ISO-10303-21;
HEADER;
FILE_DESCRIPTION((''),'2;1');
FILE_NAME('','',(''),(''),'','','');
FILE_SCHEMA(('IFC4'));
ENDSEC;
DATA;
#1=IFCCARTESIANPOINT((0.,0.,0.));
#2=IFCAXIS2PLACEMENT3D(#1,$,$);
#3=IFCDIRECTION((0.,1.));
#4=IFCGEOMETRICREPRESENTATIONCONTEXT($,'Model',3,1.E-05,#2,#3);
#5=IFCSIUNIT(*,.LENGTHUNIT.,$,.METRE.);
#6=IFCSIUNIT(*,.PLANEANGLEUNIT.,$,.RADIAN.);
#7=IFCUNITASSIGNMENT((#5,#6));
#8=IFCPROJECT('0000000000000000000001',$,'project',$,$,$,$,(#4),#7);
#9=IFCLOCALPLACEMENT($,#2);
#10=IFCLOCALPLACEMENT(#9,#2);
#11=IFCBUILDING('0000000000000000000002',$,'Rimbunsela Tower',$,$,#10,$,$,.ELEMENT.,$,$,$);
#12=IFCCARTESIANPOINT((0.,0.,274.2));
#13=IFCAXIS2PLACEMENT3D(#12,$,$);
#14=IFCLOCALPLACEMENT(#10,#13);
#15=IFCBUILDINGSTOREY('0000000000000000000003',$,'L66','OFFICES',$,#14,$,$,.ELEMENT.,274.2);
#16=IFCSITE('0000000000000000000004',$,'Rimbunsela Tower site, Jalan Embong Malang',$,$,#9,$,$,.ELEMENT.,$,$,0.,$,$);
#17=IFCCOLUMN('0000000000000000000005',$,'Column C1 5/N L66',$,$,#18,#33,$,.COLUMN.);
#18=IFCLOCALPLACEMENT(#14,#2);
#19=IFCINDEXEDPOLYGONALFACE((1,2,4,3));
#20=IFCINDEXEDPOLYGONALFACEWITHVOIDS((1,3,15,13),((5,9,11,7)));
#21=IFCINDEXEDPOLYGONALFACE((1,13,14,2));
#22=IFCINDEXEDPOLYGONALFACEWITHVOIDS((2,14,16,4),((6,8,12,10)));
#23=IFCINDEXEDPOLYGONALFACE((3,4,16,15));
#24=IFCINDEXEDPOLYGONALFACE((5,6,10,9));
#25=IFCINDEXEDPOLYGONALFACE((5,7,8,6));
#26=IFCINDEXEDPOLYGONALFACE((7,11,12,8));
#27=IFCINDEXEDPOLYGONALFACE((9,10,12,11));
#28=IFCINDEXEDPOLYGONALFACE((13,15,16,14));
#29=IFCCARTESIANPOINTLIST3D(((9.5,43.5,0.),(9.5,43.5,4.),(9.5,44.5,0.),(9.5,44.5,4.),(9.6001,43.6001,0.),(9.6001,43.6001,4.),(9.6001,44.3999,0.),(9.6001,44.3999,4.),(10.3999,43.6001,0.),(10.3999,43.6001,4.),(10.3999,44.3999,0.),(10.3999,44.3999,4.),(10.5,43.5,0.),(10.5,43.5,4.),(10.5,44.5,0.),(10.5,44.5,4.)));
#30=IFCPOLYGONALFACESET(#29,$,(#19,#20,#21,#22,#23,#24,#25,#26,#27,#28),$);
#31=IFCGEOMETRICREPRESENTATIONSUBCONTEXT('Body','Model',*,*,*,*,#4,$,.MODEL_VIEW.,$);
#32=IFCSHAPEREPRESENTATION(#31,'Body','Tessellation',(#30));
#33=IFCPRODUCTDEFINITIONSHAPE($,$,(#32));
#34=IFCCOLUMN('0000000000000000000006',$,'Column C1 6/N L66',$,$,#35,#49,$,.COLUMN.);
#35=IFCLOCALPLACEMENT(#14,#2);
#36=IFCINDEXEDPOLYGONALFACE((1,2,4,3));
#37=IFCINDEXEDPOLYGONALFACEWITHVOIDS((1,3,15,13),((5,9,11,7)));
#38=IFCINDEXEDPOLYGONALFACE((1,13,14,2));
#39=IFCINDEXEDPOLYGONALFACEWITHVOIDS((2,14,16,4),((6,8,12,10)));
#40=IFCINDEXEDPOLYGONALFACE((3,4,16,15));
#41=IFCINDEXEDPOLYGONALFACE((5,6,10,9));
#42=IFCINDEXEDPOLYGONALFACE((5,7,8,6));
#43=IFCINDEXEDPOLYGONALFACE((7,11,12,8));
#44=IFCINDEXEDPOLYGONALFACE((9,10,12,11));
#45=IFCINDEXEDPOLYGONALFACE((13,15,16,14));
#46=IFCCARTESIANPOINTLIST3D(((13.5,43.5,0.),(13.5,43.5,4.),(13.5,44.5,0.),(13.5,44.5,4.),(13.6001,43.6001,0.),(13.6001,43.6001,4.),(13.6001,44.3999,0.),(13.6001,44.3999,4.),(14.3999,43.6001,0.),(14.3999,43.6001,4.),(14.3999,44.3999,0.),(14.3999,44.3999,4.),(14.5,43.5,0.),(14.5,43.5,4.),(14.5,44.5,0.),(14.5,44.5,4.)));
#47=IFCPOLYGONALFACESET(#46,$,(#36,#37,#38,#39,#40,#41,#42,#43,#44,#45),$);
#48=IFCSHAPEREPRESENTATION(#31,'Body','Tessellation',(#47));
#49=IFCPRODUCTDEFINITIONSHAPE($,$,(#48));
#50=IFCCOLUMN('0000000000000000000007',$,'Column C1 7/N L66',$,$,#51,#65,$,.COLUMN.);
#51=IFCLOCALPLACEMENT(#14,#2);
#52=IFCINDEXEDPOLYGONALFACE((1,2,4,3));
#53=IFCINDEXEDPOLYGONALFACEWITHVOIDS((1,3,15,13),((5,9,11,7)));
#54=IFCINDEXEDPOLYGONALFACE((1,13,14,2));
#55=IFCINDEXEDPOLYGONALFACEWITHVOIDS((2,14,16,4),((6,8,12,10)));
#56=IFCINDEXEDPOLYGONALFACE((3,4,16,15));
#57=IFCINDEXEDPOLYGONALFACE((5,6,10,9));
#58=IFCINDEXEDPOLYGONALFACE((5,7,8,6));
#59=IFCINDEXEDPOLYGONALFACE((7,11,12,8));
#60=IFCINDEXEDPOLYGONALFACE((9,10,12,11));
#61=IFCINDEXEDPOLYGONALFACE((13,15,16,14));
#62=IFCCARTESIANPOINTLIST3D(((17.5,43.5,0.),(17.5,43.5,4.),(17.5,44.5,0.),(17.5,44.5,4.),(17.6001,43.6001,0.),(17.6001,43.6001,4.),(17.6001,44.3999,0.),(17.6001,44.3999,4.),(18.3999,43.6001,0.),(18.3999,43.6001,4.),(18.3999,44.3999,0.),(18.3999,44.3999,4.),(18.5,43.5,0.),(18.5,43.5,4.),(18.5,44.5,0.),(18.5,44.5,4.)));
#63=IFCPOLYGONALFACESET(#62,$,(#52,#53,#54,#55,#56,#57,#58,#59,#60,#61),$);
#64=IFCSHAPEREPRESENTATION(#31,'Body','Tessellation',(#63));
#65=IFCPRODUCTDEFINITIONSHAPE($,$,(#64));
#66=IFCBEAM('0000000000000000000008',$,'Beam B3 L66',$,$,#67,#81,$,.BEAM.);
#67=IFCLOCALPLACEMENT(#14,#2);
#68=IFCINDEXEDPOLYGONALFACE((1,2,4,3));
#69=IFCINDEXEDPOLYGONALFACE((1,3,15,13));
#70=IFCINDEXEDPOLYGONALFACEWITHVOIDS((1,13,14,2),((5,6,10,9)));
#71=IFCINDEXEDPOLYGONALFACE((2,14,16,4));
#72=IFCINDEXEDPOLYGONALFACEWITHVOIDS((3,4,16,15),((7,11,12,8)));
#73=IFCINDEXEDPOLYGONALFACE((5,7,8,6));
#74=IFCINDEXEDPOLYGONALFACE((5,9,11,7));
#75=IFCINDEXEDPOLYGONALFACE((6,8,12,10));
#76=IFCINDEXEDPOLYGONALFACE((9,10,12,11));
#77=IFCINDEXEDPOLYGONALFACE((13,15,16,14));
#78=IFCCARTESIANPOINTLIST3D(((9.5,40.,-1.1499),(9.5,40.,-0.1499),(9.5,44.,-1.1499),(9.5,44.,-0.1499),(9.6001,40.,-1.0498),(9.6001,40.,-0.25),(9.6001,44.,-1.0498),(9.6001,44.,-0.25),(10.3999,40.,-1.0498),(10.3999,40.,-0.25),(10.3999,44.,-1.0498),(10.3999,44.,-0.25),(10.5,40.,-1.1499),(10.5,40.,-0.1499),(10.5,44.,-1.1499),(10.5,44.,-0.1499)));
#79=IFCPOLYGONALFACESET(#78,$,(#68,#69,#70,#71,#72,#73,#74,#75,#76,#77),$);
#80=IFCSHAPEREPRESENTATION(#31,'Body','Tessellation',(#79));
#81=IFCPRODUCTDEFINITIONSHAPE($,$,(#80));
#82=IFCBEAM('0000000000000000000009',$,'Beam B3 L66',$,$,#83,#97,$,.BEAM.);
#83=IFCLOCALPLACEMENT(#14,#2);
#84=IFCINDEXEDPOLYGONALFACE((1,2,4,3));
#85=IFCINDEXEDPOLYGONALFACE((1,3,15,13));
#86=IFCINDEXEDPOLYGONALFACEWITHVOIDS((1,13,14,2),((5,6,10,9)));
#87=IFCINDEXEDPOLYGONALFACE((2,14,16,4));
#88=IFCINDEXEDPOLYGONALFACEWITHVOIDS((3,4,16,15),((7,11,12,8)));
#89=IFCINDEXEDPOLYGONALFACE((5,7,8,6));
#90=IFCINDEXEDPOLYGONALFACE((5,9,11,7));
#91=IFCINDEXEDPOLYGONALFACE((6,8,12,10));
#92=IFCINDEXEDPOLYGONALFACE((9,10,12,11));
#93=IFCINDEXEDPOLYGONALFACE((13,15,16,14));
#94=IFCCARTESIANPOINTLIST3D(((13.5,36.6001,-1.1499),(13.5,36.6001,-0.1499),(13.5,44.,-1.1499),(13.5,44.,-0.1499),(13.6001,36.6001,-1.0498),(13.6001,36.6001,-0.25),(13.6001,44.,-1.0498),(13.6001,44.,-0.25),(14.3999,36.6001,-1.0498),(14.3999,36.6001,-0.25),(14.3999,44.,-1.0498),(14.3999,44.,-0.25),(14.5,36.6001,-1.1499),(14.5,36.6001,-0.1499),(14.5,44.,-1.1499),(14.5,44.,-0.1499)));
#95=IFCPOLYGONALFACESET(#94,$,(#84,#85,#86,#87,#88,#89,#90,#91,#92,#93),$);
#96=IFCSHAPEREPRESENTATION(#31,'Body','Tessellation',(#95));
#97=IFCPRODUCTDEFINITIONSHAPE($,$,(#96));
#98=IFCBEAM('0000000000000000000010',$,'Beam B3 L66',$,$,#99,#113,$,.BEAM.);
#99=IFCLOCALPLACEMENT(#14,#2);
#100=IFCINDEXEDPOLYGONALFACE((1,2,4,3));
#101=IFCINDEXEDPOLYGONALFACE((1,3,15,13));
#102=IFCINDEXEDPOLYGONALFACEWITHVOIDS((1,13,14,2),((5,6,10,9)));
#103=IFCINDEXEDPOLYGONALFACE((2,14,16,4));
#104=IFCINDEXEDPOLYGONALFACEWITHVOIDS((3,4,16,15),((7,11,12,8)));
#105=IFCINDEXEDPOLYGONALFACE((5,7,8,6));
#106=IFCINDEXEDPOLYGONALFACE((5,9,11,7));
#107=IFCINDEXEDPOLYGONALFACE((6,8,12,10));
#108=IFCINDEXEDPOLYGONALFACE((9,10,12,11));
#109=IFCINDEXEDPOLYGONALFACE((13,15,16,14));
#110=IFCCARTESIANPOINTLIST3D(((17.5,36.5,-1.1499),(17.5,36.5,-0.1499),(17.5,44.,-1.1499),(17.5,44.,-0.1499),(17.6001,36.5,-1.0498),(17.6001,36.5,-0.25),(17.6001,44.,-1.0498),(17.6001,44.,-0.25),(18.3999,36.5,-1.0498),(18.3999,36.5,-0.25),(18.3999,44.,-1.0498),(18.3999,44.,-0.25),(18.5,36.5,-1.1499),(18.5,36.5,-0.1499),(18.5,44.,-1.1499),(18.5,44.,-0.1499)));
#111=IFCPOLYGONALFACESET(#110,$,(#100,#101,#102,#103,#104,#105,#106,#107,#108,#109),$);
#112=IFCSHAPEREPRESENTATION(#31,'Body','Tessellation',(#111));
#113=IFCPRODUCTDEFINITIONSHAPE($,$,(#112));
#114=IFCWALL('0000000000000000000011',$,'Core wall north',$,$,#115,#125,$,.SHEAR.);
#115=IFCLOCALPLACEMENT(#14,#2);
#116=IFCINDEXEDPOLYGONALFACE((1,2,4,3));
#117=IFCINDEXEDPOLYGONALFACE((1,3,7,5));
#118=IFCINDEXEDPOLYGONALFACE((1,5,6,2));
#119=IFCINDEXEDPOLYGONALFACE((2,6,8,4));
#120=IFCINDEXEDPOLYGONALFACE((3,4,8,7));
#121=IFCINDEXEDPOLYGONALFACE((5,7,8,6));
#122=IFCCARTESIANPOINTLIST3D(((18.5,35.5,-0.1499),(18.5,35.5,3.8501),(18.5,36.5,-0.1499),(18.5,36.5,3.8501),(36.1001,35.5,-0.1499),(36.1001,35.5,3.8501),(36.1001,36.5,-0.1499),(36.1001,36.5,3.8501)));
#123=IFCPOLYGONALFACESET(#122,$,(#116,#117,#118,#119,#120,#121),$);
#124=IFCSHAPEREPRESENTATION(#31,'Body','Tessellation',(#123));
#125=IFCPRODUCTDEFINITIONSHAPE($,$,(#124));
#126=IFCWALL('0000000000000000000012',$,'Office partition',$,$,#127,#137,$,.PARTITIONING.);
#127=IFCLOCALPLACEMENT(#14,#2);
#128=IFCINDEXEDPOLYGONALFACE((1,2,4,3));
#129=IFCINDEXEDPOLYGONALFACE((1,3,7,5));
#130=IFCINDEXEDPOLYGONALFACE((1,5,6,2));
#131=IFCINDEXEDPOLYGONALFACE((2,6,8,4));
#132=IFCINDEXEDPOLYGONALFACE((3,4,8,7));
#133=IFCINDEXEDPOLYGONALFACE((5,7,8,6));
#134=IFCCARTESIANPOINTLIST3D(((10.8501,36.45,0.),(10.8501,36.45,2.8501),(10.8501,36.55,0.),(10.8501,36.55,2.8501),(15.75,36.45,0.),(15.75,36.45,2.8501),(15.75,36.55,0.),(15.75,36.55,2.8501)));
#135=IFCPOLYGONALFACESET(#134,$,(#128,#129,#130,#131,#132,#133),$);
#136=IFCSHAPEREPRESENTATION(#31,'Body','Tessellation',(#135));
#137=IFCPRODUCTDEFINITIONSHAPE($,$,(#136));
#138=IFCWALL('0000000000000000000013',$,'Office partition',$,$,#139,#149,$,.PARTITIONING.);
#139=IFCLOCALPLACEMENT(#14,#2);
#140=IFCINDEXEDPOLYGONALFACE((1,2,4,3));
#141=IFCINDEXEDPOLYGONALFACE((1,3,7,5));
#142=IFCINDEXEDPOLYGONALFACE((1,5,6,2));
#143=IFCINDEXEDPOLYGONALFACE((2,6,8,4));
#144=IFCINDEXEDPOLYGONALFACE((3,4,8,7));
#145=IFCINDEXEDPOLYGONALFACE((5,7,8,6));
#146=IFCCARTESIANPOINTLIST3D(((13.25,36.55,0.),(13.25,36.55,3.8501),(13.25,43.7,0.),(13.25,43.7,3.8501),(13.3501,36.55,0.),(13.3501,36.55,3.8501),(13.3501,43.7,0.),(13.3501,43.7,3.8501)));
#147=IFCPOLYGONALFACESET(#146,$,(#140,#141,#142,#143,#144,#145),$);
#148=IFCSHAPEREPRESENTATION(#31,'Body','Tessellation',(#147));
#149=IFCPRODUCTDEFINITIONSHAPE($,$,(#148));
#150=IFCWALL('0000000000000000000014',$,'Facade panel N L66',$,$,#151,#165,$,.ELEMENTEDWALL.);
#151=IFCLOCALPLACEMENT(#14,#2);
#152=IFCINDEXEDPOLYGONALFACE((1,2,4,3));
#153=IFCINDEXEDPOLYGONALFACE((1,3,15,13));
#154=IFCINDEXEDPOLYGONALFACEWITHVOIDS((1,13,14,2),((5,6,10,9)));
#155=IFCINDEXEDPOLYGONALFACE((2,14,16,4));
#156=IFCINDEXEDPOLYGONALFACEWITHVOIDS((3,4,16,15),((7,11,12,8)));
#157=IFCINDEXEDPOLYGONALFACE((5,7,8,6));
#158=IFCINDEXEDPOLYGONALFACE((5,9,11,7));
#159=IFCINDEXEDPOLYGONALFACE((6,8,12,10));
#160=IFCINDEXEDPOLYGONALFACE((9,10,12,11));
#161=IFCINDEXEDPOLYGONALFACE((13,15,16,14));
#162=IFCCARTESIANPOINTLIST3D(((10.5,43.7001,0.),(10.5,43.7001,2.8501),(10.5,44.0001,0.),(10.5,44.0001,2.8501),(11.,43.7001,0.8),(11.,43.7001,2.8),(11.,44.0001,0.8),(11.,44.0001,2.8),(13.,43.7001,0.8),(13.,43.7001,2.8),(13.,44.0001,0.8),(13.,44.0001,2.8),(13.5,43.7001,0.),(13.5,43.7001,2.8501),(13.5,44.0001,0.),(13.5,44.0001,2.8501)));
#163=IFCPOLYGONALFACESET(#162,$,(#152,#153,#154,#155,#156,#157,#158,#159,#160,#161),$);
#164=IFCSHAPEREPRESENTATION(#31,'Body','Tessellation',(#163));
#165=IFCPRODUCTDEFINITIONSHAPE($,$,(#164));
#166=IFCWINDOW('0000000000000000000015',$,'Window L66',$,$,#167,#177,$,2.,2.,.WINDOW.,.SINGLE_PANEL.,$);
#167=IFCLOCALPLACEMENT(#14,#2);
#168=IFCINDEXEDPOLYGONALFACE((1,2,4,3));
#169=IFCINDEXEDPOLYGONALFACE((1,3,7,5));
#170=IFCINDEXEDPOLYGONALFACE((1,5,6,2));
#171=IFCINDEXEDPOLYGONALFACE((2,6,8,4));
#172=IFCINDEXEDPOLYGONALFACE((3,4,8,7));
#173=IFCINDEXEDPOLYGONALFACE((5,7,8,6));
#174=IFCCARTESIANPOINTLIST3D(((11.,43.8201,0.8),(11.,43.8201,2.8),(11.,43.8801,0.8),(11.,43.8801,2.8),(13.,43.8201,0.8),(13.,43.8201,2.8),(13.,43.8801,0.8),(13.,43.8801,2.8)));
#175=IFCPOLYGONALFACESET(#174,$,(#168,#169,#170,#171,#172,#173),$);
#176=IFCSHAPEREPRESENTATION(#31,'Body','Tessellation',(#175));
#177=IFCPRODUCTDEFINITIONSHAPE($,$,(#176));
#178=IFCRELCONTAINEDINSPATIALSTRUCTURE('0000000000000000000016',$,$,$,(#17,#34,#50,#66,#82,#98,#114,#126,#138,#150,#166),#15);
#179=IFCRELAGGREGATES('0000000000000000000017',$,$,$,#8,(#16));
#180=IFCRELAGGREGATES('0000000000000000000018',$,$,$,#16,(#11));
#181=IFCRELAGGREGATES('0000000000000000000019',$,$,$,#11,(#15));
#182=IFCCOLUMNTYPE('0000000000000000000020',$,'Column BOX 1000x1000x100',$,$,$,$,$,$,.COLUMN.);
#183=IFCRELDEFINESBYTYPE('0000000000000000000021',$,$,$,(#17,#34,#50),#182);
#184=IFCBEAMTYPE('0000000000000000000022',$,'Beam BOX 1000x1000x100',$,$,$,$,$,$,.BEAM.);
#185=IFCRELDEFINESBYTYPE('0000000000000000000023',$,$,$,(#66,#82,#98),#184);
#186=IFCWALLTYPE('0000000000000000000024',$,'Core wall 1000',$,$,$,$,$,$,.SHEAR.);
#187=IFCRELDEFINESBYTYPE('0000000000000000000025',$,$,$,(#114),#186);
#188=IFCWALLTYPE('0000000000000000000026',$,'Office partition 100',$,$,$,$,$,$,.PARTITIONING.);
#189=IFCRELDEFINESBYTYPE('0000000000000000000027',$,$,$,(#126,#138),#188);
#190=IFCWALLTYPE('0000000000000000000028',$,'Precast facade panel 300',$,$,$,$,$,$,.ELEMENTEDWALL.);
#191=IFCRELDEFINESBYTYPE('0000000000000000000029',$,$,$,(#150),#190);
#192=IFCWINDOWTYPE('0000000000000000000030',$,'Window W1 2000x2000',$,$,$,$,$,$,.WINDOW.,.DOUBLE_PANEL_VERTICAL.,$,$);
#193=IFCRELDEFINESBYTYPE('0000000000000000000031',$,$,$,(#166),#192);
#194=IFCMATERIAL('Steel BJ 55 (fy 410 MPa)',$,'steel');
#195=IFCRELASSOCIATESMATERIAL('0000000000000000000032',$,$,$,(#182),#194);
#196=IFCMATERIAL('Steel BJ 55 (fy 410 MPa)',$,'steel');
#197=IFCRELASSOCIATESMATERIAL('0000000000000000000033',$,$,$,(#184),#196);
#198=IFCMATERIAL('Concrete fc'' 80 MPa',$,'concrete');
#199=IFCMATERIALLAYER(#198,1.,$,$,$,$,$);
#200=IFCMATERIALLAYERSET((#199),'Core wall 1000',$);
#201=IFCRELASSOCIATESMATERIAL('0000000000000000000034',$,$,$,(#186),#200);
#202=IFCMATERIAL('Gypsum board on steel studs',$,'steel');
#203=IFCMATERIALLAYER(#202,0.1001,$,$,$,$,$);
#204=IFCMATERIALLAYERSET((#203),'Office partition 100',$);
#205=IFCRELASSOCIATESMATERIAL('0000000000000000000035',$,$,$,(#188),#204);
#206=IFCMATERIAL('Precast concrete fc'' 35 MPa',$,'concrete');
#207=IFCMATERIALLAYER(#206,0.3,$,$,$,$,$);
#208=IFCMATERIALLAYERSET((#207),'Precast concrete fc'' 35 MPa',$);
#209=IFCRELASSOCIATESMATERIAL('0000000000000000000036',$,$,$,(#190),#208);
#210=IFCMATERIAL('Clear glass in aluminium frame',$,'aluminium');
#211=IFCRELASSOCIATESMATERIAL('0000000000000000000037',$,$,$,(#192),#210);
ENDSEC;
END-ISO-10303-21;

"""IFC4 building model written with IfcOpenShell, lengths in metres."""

from ifc_helpers import new_model, si_unit, direction, frame, frame_2d, origin, origin_2d, place, context, subcontext, project, spatial, rectangle, hollow_rectangle, extrude, material, layer, layer_set, material_profile, profile_set, type_object, element, fill, save


model = new_model("IFC4")

# Units and contexts
model_context = context("Model", 3, precision=1e-05, world=origin(), true_north=direction((0.0, 1.0)))
body_context = subcontext(model_context, "Body", "Model", "MODEL_VIEW")
ifc_project = project(units=[si_unit("LENGTHUNIT", "METRE"), si_unit("PLANEANGLEUNIT", "RADIAN")], contexts=[model_context])

# Site, building, storey
site_placement = place(None, origin())
site = spatial("IfcSite", under=ifc_project, at=site_placement, Name="Rimbunsela Tower site, Jalan Embong Malang", CompositionType="ELEMENT", RefElevation=0.0)
building_placement = place(site_placement, origin())
building = spatial("IfcBuilding", under=site, at=building_placement, Name="Rimbunsela Tower", CompositionType="ELEMENT")
storey_placement = place(building_placement, frame((0.0, 0.0, 274.2)))
storey = spatial("IfcBuildingStorey", under=building, at=storey_placement, Name="L66", Description="OFFICES", CompositionType="ELEMENT", Elevation=274.2)

# Columns
ifc_material_1 = material(Name="Steel BJ 55 (fy 410 MPa)", Category="steel")
ifc_material_profile_1 = material_profile(ifc_material_1, hollow_rectangle(XDim=1.0, YDim=1.0, WallThickness=0.1001, at=origin_2d()), Name="BOX 1000x1000x100")
ifc_profile_set_1 = profile_set([ifc_material_profile_1], Name="Steel BJ 55 (fy 410 MPa)")
column_type = type_object("IfcColumnType", Name="Column BOX 1000x1000x100", PredefinedType="COLUMN", material=ifc_profile_set_1)
for number, where, z_axis, x_axis, name in (
    (1, (10.0, 44.0, 0.0), (0.0, 0.0, 1.0), (1.0, 0.0, 0.0), "Column C1 5/N L66"),
    (2, (14.0, 44.0, 0.0), (0.0, 0.0, 1.0), (1.0, 0.0, 0.0), "Column C1 6/N L66"),
    (3, (18.0, 44.0, 0.0), (0.0, 0.0, 1.0), (1.0, 0.0, 0.0), "Column C1 7/N L66"),
):
    element("IfcColumn", number, at=place(storey_placement, frame(where, z_axis=z_axis, x_axis=x_axis)), inside=storey, type_object=column_type, Name=name, PredefinedType="COLUMN", context=body_context, shape_type="SweptSolid", body=[
        extrude(hollow_rectangle(XDim=1.0, YDim=1.0, WallThickness=0.1001, at=origin_2d()), origin(), (0.0, 0.0, 1.0), 4.0),
    ])

# Beams
ifc_material_2 = material(Name="Steel BJ 55 (fy 410 MPa)", Category="steel")
ifc_material_profile_2 = material_profile(ifc_material_2, hollow_rectangle(XDim=1.0, YDim=1.0, WallThickness=0.1001, at=origin_2d()), Name="BOX 1000x1000x100")
ifc_profile_set_2 = profile_set([ifc_material_profile_2], Name="Steel BJ 55 (fy 410 MPa)")
beam_type = type_object("IfcBeamType", Name="Beam BOX 1000x1000x100", PredefinedType="BEAM", material=ifc_profile_set_2)
beam_1_placement = place(storey_placement, frame((10.0, 40.0, -0.6499), z_axis=(0.0, 1.0, 0.0), x_axis=(-1.0, 0.0, 0.0)))
element("IfcBeam", 4, at=beam_1_placement, inside=storey, type_object=beam_type, Name="Beam B3 L66", PredefinedType="BEAM", context=body_context, shape_type="SweptSolid", body=[
    extrude(hollow_rectangle(XDim=1.0, YDim=1.0, WallThickness=0.1001, at=origin_2d()), origin(), (0.0, 0.0, 1.0), 4.0),
])
beam_2_placement = place(storey_placement, frame((14.0, 36.6001, -0.6499), z_axis=(0.0, 1.0, 0.0), x_axis=(-1.0, 0.0, 0.0)))
element("IfcBeam", 5, at=beam_2_placement, inside=storey, type_object=beam_type, Name="Beam B3 L66", PredefinedType="BEAM", context=body_context, shape_type="SweptSolid", body=[
    extrude(hollow_rectangle(XDim=1.0, YDim=1.0, WallThickness=0.1001, at=origin_2d()), origin(), (0.0, 0.0, 1.0), 7.3999),
])
beam_3_placement = place(storey_placement, frame((18.0, 36.5, -0.6499), z_axis=(0.0, 1.0, 0.0), x_axis=(-1.0, 0.0, 0.0)))
element("IfcBeam", 6, at=beam_3_placement, inside=storey, type_object=beam_type, Name="Beam B3 L66", PredefinedType="BEAM", context=body_context, shape_type="SweptSolid", body=[
    extrude(hollow_rectangle(XDim=1.0, YDim=1.0, WallThickness=0.1001, at=origin_2d()), origin(), (0.0, 0.0, 1.0), 7.5),
])

# Walls
ifc_material_3 = material(Name="Concrete fc' 80 MPa", Category="concrete")
ifc_layer_1 = layer(ifc_material_3, 1.0)
ifc_layer_set_1 = layer_set([ifc_layer_1], Name="Core wall 1000")
wall_type_1 = type_object("IfcWallType", Name="Core wall 1000", PredefinedType="SHEAR", material=ifc_layer_set_1)
wall_1_placement = place(storey_placement, frame((18.5, 36.0, -0.1499), z_axis=(0.0, 0.0, 1.0), x_axis=(1.0, 0.0, 0.0)))
element("IfcWall", 7, at=wall_1_placement, inside=storey, type_object=wall_type_1, Name="Core wall north", PredefinedType="SHEAR", context=body_context, shape_type="SweptSolid", body=[
    extrude(rectangle(XDim=17.6001, YDim=1.0, at=frame_2d((8.8, 0.0))), origin(), (0.0, 0.0, 1.0), 4.0),
])
ifc_material_4 = material(Name="Gypsum board on steel studs", Category="steel")
ifc_layer_2 = layer(ifc_material_4, 0.1001)
ifc_layer_set_2 = layer_set([ifc_layer_2], Name="Office partition 100")
wall_type_2 = type_object("IfcWallType", Name="Office partition 100", PredefinedType="PARTITIONING", material=ifc_layer_set_2)
wall_2_placement = place(storey_placement, frame((10.8501, 36.5, 0.0), z_axis=(0.0, 0.0, 1.0), x_axis=(1.0, 0.0, 0.0)))
element("IfcWall", 8, at=wall_2_placement, inside=storey, type_object=wall_type_2, Name="Office partition", PredefinedType="PARTITIONING", context=body_context, shape_type="SweptSolid", body=[
    extrude(rectangle(XDim=4.8999, YDim=0.1001, at=frame_2d((2.45, 0.0))), origin(), (0.0, 0.0, 1.0), 2.8501),
])
wall_3_placement = place(storey_placement, frame((13.3, 36.55, 0.0), z_axis=(0.0, 0.0, 1.0), x_axis=(0.0, 1.0, 0.0)))
element("IfcWall", 9, at=wall_3_placement, inside=storey, type_object=wall_type_2, Name="Office partition", PredefinedType="PARTITIONING", context=body_context, shape_type="SweptSolid", body=[
    extrude(rectangle(XDim=7.1499, YDim=0.1001, at=frame_2d((3.575, 0.0))), origin(), (0.0, 0.0, 1.0), 3.8501),
])

# Wall, opening, window
ifc_material_5 = material(Name="Precast concrete fc' 35 MPa", Category="concrete")
ifc_layer_3 = layer(ifc_material_5, 0.3)
ifc_layer_set_3 = layer_set([ifc_layer_3], Name="Precast concrete fc' 35 MPa")
wall_type_3 = type_object("IfcWallType", Name="Precast facade panel 300", PredefinedType="ELEMENTEDWALL", material=ifc_layer_set_3)
wall_4_placement = place(storey_placement, frame((13.5, 43.8501, 0.0), z_axis=(0.0, 0.0, 1.0), x_axis=(-1.0, 0.0, 0.0)))
wall_4 = element("IfcWall", 10, at=wall_4_placement, inside=storey, type_object=wall_type_3, Name="Facade panel N L66", PredefinedType="ELEMENTEDWALL", context=body_context, shape_type="SweptSolid", body=[
    extrude(rectangle(XDim=3.0, YDim=0.3, at=frame_2d((1.5, 0.0))), origin(), (0.0, 0.0, 1.0), 2.8501),
])
opening_1_placement = place(wall_4_placement, frame((0.5, 0.0, 0.8)))
opening_1 = element("IfcOpeningElement", 11, at=opening_1_placement, cuts=wall_4, PredefinedType="OPENING", context=body_context, shape_type="SweptSolid", body=[
    extrude(rectangle(XDim=2.0, YDim=2.0, at=frame_2d((1.0, 1.0))), frame((0.0, 0.1599, 0.0), z_axis=(0.0, -1.0, 0.0), x_axis=(1.0, 0.0, 0.0)), (0.0, 0.0, 1.0), 0.3201),
])
ifc_material_6 = material(Name="Clear glass in aluminium frame", Category="aluminium")
window_type = type_object("IfcWindowType", Name="Window W1 2000x2000", PartitioningType="DOUBLE_PANEL_VERTICAL", PredefinedType="WINDOW", material=ifc_material_6)
window_1_placement = place(opening_1_placement, origin())
window_1 = element("IfcWindow", 12, at=window_1_placement, inside=storey, type_object=window_type, Name="Window L66", OverallHeight=2.0, OverallWidth=2.0, PartitioningType="SINGLE_PANEL", PredefinedType="WINDOW", context=body_context, shape_type="SweptSolid", body=[
    extrude(rectangle(XDim=2.0, YDim=2.0, at=frame_2d((1.0, 1.0))), frame((0.0, 0.03, 0.0), z_axis=(0.0, -1.0, 0.0), x_axis=(1.0, 0.0, 0.0)), (0.0, 0.0, 1.0), 0.0601),
])
fill(opening_1, window_1)

save(model, "model.ifc")
